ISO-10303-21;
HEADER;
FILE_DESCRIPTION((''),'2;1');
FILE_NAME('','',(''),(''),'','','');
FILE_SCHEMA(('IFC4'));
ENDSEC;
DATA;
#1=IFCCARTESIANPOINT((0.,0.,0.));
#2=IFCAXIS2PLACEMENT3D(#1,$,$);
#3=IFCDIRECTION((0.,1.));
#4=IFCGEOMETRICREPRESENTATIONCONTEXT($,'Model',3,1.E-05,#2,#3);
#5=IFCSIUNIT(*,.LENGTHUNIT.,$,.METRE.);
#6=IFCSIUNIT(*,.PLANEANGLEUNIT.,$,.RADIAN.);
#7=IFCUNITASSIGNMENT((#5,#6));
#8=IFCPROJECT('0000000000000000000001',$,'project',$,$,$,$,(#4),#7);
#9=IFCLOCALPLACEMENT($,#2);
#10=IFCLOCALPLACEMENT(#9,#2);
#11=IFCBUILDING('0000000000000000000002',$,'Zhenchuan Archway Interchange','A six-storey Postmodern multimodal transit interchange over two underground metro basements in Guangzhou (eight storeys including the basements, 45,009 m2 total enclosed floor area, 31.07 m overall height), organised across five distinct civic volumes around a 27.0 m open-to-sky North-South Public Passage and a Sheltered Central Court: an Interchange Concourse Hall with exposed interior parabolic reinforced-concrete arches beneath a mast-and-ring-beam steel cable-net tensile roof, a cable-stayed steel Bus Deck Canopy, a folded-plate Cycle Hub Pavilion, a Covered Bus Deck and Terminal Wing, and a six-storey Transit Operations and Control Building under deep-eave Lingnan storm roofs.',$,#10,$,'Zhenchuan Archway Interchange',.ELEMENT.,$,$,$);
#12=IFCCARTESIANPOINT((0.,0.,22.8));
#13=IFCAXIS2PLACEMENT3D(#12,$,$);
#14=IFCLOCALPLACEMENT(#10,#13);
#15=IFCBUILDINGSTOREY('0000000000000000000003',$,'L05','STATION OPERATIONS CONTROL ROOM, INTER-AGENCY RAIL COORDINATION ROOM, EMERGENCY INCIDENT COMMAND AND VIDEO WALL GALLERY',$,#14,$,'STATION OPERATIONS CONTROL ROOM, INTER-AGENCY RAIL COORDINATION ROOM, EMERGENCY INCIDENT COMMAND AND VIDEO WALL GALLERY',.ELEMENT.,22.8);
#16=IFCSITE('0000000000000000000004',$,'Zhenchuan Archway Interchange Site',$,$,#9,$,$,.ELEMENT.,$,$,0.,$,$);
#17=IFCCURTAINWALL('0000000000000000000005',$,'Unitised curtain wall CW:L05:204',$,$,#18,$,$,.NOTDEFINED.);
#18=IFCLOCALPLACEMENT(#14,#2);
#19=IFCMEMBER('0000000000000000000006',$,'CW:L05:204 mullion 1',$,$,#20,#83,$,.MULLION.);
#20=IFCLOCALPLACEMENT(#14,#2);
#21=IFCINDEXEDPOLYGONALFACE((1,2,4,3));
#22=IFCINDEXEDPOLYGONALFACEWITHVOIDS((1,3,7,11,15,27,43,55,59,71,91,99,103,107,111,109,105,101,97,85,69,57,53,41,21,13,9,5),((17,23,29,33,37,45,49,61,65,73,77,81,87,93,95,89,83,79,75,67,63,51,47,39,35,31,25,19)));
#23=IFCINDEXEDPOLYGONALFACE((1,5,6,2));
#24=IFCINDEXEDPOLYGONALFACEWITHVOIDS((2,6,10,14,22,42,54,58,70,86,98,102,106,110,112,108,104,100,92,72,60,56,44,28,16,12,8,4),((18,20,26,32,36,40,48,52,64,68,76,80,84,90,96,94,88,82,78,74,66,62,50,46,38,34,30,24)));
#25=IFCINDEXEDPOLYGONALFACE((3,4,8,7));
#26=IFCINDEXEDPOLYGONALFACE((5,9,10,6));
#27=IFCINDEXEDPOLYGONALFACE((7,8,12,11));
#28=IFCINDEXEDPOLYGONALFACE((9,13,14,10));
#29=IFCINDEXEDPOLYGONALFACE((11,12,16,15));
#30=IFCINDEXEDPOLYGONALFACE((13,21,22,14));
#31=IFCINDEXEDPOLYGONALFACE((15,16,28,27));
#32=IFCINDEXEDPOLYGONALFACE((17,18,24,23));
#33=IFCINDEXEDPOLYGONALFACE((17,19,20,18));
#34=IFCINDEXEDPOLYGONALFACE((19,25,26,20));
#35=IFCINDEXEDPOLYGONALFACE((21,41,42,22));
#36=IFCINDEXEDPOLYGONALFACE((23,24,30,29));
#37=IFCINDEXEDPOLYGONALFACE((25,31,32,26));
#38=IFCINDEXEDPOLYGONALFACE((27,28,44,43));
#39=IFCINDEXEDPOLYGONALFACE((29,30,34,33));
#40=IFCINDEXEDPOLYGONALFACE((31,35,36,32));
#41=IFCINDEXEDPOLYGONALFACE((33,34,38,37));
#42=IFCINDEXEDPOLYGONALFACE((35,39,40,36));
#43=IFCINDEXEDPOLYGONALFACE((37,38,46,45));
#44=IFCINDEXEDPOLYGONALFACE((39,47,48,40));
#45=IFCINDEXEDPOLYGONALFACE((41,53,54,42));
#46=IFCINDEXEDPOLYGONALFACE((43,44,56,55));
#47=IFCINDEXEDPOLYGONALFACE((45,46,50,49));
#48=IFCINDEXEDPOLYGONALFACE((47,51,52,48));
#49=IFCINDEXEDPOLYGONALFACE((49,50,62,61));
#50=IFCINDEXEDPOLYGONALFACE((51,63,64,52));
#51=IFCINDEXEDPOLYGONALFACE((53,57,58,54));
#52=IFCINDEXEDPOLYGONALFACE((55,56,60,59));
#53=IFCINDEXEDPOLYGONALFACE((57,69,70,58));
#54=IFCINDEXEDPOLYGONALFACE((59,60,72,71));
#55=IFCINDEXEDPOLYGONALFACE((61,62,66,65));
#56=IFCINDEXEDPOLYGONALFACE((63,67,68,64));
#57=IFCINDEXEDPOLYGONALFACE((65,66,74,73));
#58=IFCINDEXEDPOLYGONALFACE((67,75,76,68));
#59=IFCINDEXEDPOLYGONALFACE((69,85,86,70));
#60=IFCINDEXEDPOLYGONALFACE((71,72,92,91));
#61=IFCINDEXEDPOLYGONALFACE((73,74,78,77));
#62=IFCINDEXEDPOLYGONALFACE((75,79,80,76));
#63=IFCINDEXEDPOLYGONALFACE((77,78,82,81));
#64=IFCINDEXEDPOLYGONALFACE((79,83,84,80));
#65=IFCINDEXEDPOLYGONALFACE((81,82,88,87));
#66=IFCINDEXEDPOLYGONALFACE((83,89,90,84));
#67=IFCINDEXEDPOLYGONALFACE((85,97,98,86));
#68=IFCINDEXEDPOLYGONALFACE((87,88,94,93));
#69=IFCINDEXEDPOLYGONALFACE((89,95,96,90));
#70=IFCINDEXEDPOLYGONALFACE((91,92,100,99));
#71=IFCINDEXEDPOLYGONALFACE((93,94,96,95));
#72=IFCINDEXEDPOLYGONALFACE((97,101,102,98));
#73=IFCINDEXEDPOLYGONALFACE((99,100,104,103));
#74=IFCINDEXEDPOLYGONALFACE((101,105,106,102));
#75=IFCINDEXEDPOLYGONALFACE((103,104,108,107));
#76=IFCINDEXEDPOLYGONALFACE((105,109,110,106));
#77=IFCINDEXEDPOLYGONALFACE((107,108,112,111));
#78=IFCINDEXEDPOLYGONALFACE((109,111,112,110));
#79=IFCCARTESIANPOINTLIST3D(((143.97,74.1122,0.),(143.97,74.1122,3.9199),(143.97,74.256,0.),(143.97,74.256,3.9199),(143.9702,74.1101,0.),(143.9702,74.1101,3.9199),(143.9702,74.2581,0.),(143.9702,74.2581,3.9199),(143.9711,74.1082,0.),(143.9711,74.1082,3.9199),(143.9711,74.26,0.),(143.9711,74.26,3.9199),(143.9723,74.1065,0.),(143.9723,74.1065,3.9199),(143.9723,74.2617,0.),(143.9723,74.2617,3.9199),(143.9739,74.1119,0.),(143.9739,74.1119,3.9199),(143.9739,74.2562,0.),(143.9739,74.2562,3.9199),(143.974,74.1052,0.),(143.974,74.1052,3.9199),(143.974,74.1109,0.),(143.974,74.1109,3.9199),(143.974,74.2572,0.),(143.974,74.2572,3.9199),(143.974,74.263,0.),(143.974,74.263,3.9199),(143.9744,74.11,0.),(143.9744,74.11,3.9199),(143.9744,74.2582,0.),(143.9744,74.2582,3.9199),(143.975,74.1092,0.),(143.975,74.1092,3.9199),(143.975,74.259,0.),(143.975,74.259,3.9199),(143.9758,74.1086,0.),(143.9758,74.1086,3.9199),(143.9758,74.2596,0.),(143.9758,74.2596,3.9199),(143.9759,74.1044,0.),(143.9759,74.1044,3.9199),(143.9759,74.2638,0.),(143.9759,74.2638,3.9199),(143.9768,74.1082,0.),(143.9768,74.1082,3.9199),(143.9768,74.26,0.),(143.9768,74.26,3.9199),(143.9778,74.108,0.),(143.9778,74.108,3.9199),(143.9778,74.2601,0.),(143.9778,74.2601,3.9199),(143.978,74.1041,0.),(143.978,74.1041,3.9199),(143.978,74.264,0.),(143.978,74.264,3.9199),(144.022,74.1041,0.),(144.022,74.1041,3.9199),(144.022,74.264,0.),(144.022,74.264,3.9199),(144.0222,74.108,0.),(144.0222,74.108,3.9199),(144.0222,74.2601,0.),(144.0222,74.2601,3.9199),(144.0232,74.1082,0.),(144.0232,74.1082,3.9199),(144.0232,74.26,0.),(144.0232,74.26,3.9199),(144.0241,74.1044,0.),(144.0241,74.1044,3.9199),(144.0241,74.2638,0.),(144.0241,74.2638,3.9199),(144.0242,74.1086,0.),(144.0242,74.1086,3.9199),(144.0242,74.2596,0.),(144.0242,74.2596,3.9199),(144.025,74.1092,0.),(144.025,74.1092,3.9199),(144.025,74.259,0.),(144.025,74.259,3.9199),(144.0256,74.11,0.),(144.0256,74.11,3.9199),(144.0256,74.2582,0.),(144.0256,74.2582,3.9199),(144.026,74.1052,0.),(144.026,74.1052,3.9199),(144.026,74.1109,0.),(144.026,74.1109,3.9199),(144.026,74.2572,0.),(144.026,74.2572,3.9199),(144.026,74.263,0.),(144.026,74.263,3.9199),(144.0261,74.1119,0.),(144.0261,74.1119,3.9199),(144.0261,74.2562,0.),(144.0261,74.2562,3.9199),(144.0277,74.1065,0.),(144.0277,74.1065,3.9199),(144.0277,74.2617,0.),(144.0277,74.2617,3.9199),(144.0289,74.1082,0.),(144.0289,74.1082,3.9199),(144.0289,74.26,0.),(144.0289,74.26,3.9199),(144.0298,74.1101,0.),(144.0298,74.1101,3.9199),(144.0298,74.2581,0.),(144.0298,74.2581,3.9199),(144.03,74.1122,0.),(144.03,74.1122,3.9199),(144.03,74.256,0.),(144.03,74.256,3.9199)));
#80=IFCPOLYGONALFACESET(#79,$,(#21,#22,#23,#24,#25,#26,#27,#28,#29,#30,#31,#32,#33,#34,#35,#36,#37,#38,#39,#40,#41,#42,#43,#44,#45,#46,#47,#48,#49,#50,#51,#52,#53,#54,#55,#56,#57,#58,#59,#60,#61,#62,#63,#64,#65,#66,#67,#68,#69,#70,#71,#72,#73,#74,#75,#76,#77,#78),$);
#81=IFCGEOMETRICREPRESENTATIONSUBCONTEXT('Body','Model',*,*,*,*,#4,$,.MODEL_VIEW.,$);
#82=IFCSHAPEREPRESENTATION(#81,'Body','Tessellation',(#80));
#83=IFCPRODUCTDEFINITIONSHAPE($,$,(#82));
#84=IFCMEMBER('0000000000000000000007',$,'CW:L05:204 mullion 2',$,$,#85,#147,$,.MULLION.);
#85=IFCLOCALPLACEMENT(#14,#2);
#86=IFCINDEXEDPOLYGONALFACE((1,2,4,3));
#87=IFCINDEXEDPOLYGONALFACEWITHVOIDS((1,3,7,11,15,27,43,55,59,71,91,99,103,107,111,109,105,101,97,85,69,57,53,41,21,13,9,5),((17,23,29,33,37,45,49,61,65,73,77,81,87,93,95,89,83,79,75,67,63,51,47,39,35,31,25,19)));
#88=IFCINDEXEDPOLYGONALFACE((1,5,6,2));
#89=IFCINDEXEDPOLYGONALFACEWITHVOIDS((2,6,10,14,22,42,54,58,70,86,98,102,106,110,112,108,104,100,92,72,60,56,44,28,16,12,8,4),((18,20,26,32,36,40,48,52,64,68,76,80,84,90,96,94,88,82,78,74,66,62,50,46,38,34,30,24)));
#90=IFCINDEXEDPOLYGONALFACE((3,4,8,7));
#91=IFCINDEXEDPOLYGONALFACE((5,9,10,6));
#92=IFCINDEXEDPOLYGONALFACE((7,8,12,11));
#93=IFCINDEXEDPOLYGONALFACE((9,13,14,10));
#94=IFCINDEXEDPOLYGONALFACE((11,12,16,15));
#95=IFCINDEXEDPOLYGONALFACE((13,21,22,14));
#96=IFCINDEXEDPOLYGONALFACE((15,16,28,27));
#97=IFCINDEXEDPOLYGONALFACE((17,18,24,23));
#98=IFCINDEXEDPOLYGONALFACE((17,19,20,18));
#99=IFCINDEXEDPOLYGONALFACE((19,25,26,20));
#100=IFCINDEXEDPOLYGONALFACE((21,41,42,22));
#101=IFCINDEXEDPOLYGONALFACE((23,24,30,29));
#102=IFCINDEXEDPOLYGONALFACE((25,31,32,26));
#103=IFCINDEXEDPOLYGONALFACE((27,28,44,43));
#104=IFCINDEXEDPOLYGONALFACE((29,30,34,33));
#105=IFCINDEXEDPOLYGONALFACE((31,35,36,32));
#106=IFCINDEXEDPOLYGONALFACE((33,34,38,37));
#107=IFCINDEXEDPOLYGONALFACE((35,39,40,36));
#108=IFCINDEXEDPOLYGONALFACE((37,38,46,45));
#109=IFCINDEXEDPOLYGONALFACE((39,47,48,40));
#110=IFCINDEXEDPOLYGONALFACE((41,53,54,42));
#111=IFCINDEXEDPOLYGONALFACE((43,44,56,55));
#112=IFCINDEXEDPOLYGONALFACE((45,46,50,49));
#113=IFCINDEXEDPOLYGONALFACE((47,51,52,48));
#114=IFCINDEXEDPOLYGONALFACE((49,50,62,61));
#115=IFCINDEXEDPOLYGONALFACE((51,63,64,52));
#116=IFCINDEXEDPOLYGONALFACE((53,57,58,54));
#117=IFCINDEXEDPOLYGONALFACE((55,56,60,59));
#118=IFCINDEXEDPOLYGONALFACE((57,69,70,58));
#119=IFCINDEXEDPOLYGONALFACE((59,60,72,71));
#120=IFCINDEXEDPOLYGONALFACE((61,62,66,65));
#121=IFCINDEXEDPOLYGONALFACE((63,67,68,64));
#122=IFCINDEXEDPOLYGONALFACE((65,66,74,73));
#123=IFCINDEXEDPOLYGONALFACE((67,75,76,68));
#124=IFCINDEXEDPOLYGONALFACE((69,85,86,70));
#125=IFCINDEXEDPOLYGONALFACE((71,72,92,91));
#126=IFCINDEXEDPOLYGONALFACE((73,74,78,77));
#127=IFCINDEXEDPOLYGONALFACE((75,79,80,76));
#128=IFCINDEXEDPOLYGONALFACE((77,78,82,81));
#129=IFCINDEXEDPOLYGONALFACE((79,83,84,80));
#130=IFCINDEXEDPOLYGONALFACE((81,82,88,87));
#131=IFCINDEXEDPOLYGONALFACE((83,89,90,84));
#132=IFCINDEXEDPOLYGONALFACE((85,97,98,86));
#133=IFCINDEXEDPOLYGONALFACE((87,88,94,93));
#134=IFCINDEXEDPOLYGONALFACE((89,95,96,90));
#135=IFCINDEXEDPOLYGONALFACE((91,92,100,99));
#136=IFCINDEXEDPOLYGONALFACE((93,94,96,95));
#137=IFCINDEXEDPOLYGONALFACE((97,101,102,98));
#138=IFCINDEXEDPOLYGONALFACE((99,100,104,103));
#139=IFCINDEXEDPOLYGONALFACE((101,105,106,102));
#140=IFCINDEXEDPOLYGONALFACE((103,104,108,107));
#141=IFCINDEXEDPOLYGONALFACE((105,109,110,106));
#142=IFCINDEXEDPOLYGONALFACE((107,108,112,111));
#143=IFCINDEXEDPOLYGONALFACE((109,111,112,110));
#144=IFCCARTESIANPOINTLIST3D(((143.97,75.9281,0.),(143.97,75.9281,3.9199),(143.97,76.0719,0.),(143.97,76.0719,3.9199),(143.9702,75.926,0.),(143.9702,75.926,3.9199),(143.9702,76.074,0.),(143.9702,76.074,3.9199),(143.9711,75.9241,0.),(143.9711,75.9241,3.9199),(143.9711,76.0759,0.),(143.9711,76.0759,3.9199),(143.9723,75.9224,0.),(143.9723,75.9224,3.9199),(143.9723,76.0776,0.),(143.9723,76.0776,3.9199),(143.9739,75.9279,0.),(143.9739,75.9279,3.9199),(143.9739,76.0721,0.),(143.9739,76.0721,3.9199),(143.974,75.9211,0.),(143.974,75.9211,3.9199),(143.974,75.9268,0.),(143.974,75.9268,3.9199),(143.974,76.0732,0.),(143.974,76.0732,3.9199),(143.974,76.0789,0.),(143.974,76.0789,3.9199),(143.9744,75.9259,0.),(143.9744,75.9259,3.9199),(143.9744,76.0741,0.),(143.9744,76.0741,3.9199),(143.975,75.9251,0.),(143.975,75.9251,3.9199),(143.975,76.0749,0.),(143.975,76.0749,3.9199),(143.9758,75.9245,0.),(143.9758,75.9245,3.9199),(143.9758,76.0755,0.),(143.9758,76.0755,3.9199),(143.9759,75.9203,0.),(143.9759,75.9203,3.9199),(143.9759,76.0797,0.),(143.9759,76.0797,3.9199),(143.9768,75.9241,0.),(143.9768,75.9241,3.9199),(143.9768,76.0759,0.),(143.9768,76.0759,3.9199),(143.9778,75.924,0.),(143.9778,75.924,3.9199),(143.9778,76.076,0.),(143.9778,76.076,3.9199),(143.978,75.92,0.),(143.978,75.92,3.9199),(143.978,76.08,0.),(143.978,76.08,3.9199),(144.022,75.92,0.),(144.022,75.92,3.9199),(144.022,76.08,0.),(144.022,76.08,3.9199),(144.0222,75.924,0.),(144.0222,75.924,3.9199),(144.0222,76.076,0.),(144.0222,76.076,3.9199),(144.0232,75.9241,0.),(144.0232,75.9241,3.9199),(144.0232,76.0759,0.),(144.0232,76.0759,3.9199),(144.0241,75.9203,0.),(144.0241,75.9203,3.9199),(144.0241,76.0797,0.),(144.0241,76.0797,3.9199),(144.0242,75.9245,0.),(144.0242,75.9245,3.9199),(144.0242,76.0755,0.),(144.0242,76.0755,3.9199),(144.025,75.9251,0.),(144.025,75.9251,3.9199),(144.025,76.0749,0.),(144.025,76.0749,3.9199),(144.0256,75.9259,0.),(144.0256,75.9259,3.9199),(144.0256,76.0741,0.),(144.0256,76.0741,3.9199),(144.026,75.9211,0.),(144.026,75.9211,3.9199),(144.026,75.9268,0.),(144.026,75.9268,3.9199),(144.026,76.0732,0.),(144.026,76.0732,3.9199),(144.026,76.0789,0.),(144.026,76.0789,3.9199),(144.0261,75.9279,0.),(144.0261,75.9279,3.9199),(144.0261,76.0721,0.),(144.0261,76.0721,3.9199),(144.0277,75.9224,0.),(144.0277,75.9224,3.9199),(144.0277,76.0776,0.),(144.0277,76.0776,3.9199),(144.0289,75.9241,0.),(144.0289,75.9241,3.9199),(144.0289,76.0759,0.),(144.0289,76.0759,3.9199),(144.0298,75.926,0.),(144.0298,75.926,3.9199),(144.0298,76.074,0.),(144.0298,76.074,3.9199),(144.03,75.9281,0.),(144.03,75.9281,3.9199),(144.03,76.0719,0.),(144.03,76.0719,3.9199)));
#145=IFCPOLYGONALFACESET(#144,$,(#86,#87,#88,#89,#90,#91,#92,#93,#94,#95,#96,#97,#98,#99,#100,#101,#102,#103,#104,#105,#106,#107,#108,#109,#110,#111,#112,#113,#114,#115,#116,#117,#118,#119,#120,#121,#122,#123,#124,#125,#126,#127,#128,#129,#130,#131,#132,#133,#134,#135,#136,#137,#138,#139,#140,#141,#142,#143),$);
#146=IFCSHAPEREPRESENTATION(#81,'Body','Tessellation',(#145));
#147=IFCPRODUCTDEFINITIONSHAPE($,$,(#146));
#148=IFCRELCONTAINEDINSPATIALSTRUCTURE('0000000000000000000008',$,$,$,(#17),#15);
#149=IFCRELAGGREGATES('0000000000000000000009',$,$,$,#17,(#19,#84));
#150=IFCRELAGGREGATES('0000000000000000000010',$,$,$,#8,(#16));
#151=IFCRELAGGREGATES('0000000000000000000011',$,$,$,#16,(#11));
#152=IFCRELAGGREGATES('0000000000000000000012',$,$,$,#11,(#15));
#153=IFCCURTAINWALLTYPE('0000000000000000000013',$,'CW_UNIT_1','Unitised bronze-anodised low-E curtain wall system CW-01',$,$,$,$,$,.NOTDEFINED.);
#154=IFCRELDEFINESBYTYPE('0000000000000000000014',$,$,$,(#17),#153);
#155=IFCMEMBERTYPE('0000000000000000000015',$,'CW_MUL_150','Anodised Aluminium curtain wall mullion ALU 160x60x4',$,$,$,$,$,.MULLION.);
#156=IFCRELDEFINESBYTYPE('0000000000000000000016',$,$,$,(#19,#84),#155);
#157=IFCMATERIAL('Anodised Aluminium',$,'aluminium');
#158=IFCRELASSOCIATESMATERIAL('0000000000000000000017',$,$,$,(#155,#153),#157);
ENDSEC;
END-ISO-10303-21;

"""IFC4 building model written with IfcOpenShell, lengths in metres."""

from ifc_helpers import new_model, si_unit, direction, frame, origin, origin_2d, place, context, subcontext, project, spatial, hollow_rectangle, extrude, material, material_profile, profile_set, type_object, element, aggregate, save


model = new_model("IFC4")

# Units and contexts
model_context = context("Model", 3, precision=1e-05, world=origin(), true_north=direction((0.0, 1.0)))
body_context = subcontext(model_context, "Body", "Model", "MODEL_VIEW")
ifc_project = project(units=[si_unit("LENGTHUNIT", "METRE"), si_unit("PLANEANGLEUNIT", "RADIAN")], contexts=[model_context])

# Site, building, storey
site_placement = place(None, origin())
site = spatial("IfcSite", under=ifc_project, at=site_placement, Name="Zhenchuan Archway Interchange Site", CompositionType="ELEMENT", RefElevation=0.0)
building_placement = place(site_placement, origin())
building = spatial("IfcBuilding", under=site, at=building_placement, Name="Zhenchuan Archway Interchange", Description="A six-storey Postmodern multimodal transit interchange over two underground metro basements in Guangzhou (eight storeys including the basements, 45,009 m2 total enclosed floor area, 31.07 m overall height), organised across five distinct civic volumes around a 27.0 m open-to-sky North-South Public Passage and a Sheltered Central Court: an Interchange Concourse Hall with exposed interior parabolic reinforced-concrete arches beneath a mast-and-ring-beam steel cable-net tensile roof, a cable-stayed steel Bus Deck Canopy, a folded-plate Cycle Hub Pavilion, a Covered Bus Deck and Terminal Wing, and a six-storey Transit Operations and Control Building under deep-eave Lingnan storm roofs.", LongName="Zhenchuan Archway Interchange", CompositionType="ELEMENT")
storey_placement = place(building_placement, frame((0.0, 0.0, 22.8)))
storey = spatial("IfcBuildingStorey", under=building, at=storey_placement, Name="L05", Description="STATION OPERATIONS CONTROL ROOM, INTER-AGENCY RAIL COORDINATION ROOM, EMERGENCY INCIDENT COMMAND AND VIDEO WALL GALLERY", LongName="STATION OPERATIONS CONTROL ROOM, INTER-AGENCY RAIL COORDINATION ROOM, EMERGENCY INCIDENT COMMAND AND VIDEO WALL GALLERY", CompositionType="ELEMENT", Elevation=22.8)

# Shared definitions
ifc_material_1 = material(Name="Anodised Aluminium", Category="aluminium")
ifc_material_profile_1 = material_profile(ifc_material_1, hollow_rectangle(XDim=0.0601, YDim=0.1599, WallThickness=0.0039, InnerFilletRadius=0.0039, OuterFilletRadius=0.0081, at=origin_2d()), Name="ALU 160x60x4")
ifc_profile_set_1 = profile_set([ifc_material_profile_1], Name="Anodised Aluminium")
member_type_1 = type_object("IfcMemberType", Name="CW_MUL_150", Description="Anodised Aluminium curtain wall mullion ALU 160x60x4", PredefinedType="MULLION", material=ifc_profile_set_1)

# Curtain wall, members
curtain_wall_type_1 = type_object("IfcCurtainWallType", Name="CW_UNIT_1", Description="Unitised bronze-anodised low-E curtain wall system CW-01", PredefinedType="NOTDEFINED", material=ifc_material_1)
curtain_wall_1_placement = place(storey_placement, origin())
curtain_wall_1 = element("IfcCurtainWall", 1, at=curtain_wall_1_placement, inside=storey, type_object=curtain_wall_type_1, Name="Unitised curtain wall CW:L05:204", PredefinedType="NOTDEFINED")
member_1_placement = place(storey_placement, frame((144.0, 74.1841, 0.0), z_axis=(0.0, 0.0, 1.0), x_axis=(1.0, 0.0, 0.0)))
member_1 = element("IfcMember", 2, at=member_1_placement, type_object=member_type_1, Name="CW:L05:204 mullion 1", PredefinedType="MULLION", context=body_context, shape_type="SweptSolid", body=[
    extrude(hollow_rectangle(XDim=0.0601, YDim=0.1599, WallThickness=0.0039, InnerFilletRadius=0.0039, OuterFilletRadius=0.0081, at=origin_2d()), origin(), (0.0, 0.0, 1.0), 3.9199),
])
member_2_placement = place(storey_placement, frame((144.0, 76.0, 0.0), z_axis=(0.0, 0.0, 1.0), x_axis=(1.0, 0.0, 0.0)))
member_2 = element("IfcMember", 3, at=member_2_placement, type_object=member_type_1, Name="CW:L05:204 mullion 2", PredefinedType="MULLION", context=body_context, shape_type="SweptSolid", body=[
    extrude(hollow_rectangle(XDim=0.0601, YDim=0.1599, WallThickness=0.0039, InnerFilletRadius=0.0039, OuterFilletRadius=0.0081, at=origin_2d()), origin(), (0.0, 0.0, 1.0), 3.9199),
])

aggregate(curtain_wall_1, [member_1, member_2])

save(model, "model.ifc")
